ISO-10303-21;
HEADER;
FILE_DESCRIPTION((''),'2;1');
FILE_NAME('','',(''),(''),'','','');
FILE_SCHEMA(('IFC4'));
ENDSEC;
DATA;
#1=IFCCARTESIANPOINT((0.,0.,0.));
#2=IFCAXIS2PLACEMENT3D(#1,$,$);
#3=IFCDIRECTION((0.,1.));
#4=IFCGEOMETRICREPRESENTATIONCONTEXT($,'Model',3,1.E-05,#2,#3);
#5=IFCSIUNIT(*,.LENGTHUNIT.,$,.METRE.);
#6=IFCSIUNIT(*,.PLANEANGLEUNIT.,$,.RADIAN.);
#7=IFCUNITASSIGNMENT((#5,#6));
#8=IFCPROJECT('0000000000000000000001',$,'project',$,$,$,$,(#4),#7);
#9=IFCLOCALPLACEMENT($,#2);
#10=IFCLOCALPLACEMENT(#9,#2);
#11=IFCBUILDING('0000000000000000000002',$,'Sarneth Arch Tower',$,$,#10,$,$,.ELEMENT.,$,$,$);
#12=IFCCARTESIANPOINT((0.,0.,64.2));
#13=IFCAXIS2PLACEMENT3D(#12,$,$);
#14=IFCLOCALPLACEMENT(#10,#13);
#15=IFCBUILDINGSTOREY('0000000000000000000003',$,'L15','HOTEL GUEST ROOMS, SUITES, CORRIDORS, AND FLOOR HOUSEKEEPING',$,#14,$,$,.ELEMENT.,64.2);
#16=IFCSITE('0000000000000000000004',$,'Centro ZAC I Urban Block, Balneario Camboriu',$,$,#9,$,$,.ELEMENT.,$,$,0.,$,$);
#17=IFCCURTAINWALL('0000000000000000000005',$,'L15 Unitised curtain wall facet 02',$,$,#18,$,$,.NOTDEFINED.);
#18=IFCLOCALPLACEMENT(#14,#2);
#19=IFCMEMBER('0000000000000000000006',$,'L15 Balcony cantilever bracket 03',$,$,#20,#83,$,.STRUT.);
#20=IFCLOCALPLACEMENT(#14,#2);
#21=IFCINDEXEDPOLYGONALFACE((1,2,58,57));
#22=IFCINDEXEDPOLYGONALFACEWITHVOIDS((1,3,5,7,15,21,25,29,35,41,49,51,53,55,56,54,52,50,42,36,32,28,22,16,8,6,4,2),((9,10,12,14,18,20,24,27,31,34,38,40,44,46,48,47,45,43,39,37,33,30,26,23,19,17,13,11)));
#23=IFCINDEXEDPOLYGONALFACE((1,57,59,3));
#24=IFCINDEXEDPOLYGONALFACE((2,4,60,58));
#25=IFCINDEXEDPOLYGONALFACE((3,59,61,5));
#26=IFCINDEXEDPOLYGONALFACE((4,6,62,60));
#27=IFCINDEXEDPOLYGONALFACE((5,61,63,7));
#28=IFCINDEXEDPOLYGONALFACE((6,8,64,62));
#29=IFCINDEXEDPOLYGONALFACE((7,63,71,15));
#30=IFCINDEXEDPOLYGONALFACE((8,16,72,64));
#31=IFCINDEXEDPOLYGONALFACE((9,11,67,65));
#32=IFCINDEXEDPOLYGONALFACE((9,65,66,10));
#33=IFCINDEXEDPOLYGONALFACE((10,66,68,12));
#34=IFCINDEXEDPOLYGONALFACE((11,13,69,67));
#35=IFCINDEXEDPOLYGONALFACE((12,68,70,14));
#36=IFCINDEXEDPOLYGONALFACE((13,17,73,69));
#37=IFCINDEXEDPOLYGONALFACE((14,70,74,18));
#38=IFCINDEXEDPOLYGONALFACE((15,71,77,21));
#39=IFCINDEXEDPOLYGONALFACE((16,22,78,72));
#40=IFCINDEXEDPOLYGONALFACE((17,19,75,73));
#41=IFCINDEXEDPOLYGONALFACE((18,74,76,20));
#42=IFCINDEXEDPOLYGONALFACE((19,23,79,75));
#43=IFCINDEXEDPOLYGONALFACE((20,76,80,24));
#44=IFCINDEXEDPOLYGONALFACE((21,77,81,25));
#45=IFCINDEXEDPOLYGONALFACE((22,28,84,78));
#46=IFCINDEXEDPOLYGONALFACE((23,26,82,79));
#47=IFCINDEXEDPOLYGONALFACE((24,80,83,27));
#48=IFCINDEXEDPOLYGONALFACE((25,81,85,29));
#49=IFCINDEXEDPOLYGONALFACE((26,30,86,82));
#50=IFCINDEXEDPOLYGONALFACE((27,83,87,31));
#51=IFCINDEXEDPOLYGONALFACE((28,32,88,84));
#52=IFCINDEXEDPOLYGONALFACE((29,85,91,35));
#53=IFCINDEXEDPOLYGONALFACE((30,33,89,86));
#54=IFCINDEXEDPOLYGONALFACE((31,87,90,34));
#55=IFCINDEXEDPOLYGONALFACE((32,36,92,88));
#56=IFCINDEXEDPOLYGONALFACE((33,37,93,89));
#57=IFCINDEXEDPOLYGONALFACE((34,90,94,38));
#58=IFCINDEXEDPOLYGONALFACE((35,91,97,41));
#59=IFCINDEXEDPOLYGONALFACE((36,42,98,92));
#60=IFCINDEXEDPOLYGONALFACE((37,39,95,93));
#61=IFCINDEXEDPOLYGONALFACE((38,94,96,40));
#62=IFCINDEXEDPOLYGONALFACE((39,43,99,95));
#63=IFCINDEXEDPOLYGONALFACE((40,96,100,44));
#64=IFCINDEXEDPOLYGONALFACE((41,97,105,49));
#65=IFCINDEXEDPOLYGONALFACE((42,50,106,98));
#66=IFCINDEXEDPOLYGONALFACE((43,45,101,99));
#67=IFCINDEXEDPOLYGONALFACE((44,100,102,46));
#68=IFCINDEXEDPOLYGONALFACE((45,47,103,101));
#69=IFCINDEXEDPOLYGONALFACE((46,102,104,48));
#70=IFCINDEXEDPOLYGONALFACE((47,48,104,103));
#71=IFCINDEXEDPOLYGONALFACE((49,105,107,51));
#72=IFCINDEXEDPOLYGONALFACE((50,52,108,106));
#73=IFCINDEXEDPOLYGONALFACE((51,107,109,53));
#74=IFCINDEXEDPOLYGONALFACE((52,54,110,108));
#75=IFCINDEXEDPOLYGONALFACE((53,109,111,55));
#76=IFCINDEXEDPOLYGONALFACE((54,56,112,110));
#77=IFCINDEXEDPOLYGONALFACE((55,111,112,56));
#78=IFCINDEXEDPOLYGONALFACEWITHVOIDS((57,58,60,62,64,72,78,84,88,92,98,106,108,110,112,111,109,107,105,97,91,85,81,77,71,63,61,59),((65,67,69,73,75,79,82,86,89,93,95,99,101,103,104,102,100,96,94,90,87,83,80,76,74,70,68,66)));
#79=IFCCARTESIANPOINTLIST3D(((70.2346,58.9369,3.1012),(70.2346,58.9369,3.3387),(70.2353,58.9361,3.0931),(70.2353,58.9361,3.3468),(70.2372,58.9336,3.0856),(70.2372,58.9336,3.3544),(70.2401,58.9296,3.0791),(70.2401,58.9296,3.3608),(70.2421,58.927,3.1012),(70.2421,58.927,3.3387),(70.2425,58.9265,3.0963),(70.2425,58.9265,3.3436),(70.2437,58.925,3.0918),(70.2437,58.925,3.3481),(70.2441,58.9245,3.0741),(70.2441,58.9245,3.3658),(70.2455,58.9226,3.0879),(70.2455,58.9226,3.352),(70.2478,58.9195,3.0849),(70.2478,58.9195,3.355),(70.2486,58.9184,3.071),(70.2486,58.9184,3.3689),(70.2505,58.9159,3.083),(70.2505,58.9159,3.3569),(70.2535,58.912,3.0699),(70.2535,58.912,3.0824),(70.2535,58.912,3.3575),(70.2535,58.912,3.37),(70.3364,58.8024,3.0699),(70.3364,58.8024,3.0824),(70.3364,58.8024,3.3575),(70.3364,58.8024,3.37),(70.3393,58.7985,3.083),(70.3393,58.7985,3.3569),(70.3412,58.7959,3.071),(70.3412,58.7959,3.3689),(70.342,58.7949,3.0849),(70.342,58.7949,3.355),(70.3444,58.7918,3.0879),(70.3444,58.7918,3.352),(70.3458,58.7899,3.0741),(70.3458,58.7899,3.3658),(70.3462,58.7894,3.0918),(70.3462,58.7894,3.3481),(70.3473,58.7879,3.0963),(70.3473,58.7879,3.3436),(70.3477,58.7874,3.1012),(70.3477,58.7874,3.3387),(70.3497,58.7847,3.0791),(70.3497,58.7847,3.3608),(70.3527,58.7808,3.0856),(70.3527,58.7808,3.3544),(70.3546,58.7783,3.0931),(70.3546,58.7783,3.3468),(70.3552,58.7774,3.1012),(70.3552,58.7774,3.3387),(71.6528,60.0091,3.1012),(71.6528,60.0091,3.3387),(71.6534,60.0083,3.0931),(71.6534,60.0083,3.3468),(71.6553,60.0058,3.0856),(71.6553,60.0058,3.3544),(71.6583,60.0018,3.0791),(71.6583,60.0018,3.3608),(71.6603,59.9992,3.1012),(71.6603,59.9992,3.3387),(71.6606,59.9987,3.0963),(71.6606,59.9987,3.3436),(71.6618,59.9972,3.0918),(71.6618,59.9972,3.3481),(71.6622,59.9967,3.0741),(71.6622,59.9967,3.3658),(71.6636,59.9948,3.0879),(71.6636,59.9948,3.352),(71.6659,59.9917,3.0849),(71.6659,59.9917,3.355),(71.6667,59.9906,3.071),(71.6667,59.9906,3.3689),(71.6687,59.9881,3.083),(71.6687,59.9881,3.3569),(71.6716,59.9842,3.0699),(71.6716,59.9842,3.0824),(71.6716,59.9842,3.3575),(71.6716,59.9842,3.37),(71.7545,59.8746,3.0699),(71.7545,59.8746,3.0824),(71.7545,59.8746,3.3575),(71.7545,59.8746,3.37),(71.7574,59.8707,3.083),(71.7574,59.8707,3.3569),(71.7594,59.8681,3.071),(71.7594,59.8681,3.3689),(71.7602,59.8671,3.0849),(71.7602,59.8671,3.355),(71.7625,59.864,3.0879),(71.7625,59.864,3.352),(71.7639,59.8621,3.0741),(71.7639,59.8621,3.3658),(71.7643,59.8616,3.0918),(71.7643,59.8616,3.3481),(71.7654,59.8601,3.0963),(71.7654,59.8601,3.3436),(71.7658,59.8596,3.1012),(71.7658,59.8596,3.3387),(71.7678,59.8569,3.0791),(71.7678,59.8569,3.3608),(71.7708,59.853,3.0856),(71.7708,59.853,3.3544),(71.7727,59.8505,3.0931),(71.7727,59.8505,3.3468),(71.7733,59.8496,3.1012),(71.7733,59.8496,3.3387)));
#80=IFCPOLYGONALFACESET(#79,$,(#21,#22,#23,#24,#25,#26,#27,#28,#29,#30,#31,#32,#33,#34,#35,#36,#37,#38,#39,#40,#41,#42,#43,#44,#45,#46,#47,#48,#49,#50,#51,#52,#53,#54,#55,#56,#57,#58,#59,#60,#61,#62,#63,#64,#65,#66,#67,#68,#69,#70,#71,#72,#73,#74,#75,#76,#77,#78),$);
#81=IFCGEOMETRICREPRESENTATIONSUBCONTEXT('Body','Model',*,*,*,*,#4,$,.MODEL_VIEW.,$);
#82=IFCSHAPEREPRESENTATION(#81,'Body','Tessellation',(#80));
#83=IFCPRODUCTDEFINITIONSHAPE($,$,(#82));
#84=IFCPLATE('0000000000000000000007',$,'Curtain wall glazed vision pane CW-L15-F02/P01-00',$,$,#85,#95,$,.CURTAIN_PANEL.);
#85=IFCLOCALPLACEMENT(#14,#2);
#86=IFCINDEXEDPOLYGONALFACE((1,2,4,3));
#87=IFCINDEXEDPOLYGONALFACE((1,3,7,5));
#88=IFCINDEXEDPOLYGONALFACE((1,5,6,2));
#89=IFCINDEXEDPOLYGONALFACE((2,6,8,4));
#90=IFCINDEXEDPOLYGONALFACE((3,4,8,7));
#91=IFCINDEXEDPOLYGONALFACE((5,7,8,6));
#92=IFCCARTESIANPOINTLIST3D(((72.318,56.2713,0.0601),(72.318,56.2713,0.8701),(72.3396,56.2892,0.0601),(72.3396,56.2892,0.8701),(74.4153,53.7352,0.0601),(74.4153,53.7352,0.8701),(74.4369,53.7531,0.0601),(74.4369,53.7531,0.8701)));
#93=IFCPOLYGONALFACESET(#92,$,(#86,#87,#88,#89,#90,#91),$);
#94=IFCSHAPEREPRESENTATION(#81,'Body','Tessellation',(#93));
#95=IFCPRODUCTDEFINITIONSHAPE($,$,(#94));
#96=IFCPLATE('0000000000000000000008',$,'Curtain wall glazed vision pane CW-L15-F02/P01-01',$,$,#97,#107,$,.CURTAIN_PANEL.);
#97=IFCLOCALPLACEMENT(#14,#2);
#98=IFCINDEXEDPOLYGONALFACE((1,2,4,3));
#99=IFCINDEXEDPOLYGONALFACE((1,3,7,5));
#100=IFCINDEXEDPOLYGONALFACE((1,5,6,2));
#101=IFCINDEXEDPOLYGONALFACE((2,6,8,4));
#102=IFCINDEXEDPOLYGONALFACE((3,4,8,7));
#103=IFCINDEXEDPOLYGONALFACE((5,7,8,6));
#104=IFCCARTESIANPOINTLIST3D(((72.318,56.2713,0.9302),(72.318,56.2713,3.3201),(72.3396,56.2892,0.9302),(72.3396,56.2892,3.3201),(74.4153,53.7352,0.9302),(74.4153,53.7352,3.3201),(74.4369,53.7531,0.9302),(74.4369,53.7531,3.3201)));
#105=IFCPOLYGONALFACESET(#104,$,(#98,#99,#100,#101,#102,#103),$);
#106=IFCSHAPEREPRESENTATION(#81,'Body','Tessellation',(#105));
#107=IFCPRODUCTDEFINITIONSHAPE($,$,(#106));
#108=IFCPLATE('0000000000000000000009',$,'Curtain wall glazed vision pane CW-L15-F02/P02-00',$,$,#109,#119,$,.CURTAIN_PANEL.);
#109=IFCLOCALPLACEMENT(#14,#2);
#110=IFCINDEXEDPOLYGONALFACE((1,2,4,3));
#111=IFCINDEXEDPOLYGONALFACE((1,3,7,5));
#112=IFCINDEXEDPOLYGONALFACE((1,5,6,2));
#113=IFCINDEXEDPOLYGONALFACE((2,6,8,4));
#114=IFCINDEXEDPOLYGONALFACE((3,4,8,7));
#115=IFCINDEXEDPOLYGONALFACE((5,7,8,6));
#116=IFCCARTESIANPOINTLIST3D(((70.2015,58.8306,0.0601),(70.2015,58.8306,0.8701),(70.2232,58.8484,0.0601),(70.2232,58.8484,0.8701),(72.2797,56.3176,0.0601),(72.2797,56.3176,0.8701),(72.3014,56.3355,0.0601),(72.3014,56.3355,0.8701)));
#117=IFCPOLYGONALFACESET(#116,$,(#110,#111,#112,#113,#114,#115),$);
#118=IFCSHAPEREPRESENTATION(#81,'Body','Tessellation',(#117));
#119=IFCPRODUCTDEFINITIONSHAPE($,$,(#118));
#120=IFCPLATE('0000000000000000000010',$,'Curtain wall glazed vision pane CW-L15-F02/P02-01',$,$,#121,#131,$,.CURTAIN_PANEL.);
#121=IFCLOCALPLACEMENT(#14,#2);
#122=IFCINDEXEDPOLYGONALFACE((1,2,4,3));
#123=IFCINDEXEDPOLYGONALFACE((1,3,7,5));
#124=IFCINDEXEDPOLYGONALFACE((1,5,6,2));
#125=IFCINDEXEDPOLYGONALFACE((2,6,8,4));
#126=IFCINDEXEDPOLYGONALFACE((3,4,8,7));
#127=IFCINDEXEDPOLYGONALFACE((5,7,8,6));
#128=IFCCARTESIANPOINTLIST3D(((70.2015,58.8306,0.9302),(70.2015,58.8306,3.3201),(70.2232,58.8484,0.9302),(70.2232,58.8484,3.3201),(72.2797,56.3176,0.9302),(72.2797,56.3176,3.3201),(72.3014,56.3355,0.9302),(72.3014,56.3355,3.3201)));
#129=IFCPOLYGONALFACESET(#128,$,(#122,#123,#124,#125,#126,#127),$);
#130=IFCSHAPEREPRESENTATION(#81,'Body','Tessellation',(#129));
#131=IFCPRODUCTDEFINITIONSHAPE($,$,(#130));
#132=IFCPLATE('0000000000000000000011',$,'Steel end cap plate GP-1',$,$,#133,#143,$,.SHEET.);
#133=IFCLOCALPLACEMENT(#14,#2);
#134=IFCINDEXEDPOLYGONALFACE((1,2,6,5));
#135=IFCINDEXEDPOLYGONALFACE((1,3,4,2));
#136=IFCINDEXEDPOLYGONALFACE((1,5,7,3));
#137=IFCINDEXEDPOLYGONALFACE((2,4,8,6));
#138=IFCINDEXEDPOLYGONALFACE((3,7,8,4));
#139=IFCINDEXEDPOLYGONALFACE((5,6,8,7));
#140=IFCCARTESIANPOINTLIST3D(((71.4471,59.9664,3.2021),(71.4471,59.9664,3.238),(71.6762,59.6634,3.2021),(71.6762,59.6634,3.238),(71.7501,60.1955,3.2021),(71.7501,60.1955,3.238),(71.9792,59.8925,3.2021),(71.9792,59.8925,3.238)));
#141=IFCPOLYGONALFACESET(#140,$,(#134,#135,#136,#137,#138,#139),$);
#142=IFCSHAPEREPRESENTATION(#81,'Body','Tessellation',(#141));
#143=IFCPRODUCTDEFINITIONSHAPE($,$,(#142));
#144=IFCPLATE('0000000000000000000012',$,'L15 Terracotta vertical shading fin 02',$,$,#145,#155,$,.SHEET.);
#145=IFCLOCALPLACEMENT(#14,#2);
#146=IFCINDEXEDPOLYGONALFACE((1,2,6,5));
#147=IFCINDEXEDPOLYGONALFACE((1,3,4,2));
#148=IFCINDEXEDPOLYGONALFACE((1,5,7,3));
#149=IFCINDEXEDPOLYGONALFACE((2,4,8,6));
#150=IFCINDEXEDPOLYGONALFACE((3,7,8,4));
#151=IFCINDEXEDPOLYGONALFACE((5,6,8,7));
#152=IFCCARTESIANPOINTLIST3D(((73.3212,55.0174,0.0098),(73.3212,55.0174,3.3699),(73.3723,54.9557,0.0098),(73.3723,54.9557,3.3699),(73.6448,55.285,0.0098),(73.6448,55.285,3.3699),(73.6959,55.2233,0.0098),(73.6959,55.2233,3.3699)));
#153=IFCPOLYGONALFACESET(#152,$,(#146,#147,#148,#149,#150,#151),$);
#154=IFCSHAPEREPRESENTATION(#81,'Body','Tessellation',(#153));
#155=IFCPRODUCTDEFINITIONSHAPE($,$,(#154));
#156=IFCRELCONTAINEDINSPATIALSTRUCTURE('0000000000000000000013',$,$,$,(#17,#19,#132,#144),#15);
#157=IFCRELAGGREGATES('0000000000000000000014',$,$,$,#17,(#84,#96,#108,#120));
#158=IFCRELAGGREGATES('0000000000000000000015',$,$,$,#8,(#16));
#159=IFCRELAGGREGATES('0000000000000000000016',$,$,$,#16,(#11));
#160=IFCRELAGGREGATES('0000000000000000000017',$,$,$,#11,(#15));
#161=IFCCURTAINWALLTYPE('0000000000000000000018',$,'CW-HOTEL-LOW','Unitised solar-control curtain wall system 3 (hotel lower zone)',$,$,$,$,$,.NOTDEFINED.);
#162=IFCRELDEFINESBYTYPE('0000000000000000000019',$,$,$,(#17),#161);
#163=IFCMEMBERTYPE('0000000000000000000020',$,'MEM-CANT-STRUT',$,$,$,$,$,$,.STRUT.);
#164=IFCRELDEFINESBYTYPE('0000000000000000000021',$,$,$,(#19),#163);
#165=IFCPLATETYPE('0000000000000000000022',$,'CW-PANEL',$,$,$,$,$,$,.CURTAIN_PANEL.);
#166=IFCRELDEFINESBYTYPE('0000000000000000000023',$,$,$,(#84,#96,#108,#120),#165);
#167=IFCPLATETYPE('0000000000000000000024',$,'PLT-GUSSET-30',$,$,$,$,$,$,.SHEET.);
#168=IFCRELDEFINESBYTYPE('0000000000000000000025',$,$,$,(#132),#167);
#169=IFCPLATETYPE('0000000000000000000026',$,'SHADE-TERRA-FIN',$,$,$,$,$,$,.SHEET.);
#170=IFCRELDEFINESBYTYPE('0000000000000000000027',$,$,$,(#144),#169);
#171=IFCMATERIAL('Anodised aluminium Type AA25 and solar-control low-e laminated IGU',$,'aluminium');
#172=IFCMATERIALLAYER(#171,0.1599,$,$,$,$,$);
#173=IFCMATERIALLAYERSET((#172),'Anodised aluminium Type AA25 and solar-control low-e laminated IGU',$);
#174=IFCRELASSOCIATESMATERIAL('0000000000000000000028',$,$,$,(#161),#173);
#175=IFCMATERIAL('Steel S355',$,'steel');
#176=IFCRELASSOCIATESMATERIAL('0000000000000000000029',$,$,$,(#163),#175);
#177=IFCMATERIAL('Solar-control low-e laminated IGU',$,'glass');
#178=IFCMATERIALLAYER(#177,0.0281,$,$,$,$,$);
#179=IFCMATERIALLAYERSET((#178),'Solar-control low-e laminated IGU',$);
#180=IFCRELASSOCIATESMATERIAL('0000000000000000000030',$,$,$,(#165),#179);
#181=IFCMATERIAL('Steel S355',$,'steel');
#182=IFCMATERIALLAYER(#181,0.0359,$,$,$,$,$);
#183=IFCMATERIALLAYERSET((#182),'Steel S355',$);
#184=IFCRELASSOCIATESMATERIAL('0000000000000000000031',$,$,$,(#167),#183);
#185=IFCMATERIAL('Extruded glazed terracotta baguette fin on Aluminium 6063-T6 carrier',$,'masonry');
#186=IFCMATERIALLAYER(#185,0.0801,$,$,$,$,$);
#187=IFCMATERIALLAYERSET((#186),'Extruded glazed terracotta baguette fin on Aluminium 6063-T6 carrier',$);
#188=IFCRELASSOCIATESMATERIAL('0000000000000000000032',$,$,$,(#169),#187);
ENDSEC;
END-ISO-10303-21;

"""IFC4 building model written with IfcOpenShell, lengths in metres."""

from ifc_helpers import new_model, si_unit, direction, frame, origin, origin_2d, place, context, subcontext, project, spatial, rectangle, hollow_rectangle, extrude, material, layer, layer_set, material_profile, profile_set, type_object, element, aggregate, save


model = new_model("IFC4")

# Units and contexts
model_context = context("Model", 3, precision=1e-05, world=origin(), true_north=direction((0.0, 1.0)))
body_context = subcontext(model_context, "Body", "Model", "MODEL_VIEW")
ifc_project = project(units=[si_unit("LENGTHUNIT", "METRE"), si_unit("PLANEANGLEUNIT", "RADIAN")], contexts=[model_context])

# Site, building, storey
site_placement = place(None, origin())
site = spatial("IfcSite", under=ifc_project, at=site_placement, Name="Centro ZAC I Urban Block, Balneario Camboriu", CompositionType="ELEMENT", RefElevation=0.0)
building_placement = place(site_placement, origin())
building = spatial("IfcBuilding", under=site, at=building_placement, Name="Sarneth Arch Tower", CompositionType="ELEMENT")
storey_placement = place(building_placement, frame((0.0, 0.0, 64.2)))
storey = spatial("IfcBuildingStorey", under=building, at=storey_placement, Name="L15", Description="HOTEL GUEST ROOMS, SUITES, CORRIDORS, AND FLOOR HOUSEKEEPING", CompositionType="ELEMENT", Elevation=64.2)

# Curtain wall
ifc_material_1 = material(Name="Anodised aluminium Type AA25 and solar-control low-e laminated IGU", Category="aluminium")
ifc_layer_1 = layer(ifc_material_1, 0.1599)
ifc_layer_set_1 = layer_set([ifc_layer_1], Name="Anodised aluminium Type AA25 and solar-control low-e laminated IGU")
curtain_wall_type = type_object("IfcCurtainWallType", Name="CW-HOTEL-LOW", Description="Unitised solar-control curtain wall system 3 (hotel lower zone)", PredefinedType="NOTDEFINED", material=ifc_layer_set_1)
curtain_wall_placement = place(storey_placement, origin())
curtain_wall = element("IfcCurtainWall", 1, at=curtain_wall_placement, inside=storey, type_object=curtain_wall_type, Name="L15 Unitised curtain wall facet 02", PredefinedType="NOTDEFINED")

# Member
ifc_material_2 = material(Name="Steel S355", Category="steel")
ifc_material_profile_1 = material_profile(ifc_material_2, hollow_rectangle(XDim=0.2, YDim=0.3, WallThickness=0.0125, InnerFilletRadius=0.0188, OuterFilletRadius=0.0312, at=origin_2d()), Name="RHS300x200x12.5")
ifc_profile_set_1 = profile_set([ifc_material_profile_1], Name="Steel S355")
member_type_1 = type_object("IfcMemberType", Name="MEM-CANT-STRUT", PredefinedType="STRUT", material=ifc_profile_set_1)
member_1_placement = place(storey_placement, frame((70.2949, 58.8572, 3.22), z_axis=(0.797671, 0.603093, 0.0), x_axis=(-0.603093, 0.797671, 0.0)))
element("IfcMember", 2, at=member_1_placement, inside=storey, type_object=member_type_1, Name="L15 Balcony cantilever bracket 03", PredefinedType="STRUT", context=body_context, shape_type="SweptSolid", body=[
    extrude(hollow_rectangle(XDim=0.2, YDim=0.3, WallThickness=0.0125, InnerFilletRadius=0.0188, OuterFilletRadius=0.0312, at=origin_2d()), origin(), (0.0, 0.0, 1.0), 1.7778),
])

# Plates
ifc_material_3 = material(Name="Solar-control low-e laminated IGU", Category="glass")
ifc_layer_2 = layer(ifc_material_3, 0.0281)
ifc_layer_set_2 = layer_set([ifc_layer_2], Name="Solar-control low-e laminated IGU")
plate_type_1 = type_object("IfcPlateType", Name="CW-PANEL", PredefinedType="CURTAIN_PANEL", material=ifc_layer_set_2)
plate_1_placement = place(storey_placement, frame((73.3774, 55.0122, 0.0601), z_axis=(0.0, 0.0, 1.0), x_axis=(-0.637291, 0.770623, 0.0)))
plate_1 = element("IfcPlate", 3, at=plate_1_placement, type_object=plate_type_1, Name="Curtain wall glazed vision pane CW-L15-F02/P01-00", PredefinedType="CURTAIN_PANEL", context=body_context, shape_type="SweptSolid", body=[
    extrude(rectangle(XDim=3.291, YDim=0.0281, at=origin_2d()), origin(), (0.0, 0.0, 1.0), 0.8101),
])
plate_2_placement = place(storey_placement, frame((73.3774, 55.0122, 0.9302), z_axis=(0.0, 0.0, 1.0), x_axis=(-0.637291, 0.770623, 0.0)))
plate_2 = element("IfcPlate", 4, at=plate_2_placement, type_object=plate_type_1, Name="Curtain wall glazed vision pane CW-L15-F02/P01-01", PredefinedType="CURTAIN_PANEL", context=body_context, shape_type="SweptSolid", body=[
    extrude(rectangle(XDim=3.291, YDim=0.0281, at=origin_2d()), origin(), (0.0, 0.0, 1.0), 2.3899),
])
plate_3_placement = place(storey_placement, frame((71.2515, 57.583, 0.0601), z_axis=(0.0, 0.0, 1.0), x_axis=(-0.637291, 0.770623, 0.0)))
plate_3 = element("IfcPlate", 5, at=plate_3_placement, type_object=plate_type_1, Name="Curtain wall glazed vision pane CW-L15-F02/P02-00", PredefinedType="CURTAIN_PANEL", context=body_context, shape_type="SweptSolid", body=[
    extrude(rectangle(XDim=3.261, YDim=0.0281, at=origin_2d()), origin(), (0.0, 0.0, 1.0), 0.8101),
])
plate_4_placement = place(storey_placement, frame((71.2515, 57.583, 0.9302), z_axis=(0.0, 0.0, 1.0), x_axis=(-0.637291, 0.770623, 0.0)))
plate_4 = element("IfcPlate", 6, at=plate_4_placement, type_object=plate_type_1, Name="Curtain wall glazed vision pane CW-L15-F02/P02-01", PredefinedType="CURTAIN_PANEL", context=body_context, shape_type="SweptSolid", body=[
    extrude(rectangle(XDim=3.261, YDim=0.0281, at=origin_2d()), origin(), (0.0, 0.0, 1.0), 2.3899),
])
aggregate(curtain_wall, [plate_1, plate_2, plate_3, plate_4])

# Plates
ifc_material_4 = material(Name="Steel S355", Category="steel")
ifc_layer_3 = layer(ifc_material_4, 0.0359)
ifc_layer_set_3 = layer_set([ifc_layer_3], Name="Steel S355")
plate_type_2 = type_object("IfcPlateType", Name="PLT-GUSSET-30", PredefinedType="SHEET", material=ifc_layer_set_3)
plate_5_placement = place(storey_placement, frame((71.7131, 59.9294, 3.2021), z_axis=(0.0, 0.0, 1.0), x_axis=(0.797689, 0.603069, 0.0)))
element("IfcPlate", 7, at=plate_5_placement, inside=storey, type_object=plate_type_2, Name="Steel end cap plate GP-1", PredefinedType="SHEET", context=body_context, shape_type="SweptSolid", body=[
    extrude(rectangle(XDim=0.3799, YDim=0.3799, at=origin_2d()), origin(), (0.0, 0.0, 1.0), 0.0359),
])
ifc_material_5 = material(Name="Extruded glazed terracotta baguette fin on Aluminium 6063-T6 carrier", Category="masonry")
ifc_layer_4 = layer(ifc_material_5, 0.0801)
ifc_layer_set_4 = layer_set([ifc_layer_4], Name="Extruded glazed terracotta baguette fin on Aluminium 6063-T6 carrier")
plate_type_3 = type_object("IfcPlateType", Name="SHADE-TERRA-FIN", PredefinedType="SHEET", material=ifc_layer_set_4)
plate_6_placement = place(storey_placement, frame((73.5085, 55.1204, 0.0098), z_axis=(0.0, 0.0, 1.0), x_axis=(0.770624, 0.63729, 0.0)))
element("IfcPlate", 8, at=plate_6_placement, inside=storey, type_object=plate_type_3, Name="L15 Terracotta vertical shading fin 02", PredefinedType="SHEET", context=body_context, shape_type="SweptSolid", body=[
    extrude(rectangle(XDim=0.4199, YDim=0.0801, at=origin_2d()), origin(), (0.0, 0.0, 1.0), 3.3601),
])

save(model, "model.ifc")
